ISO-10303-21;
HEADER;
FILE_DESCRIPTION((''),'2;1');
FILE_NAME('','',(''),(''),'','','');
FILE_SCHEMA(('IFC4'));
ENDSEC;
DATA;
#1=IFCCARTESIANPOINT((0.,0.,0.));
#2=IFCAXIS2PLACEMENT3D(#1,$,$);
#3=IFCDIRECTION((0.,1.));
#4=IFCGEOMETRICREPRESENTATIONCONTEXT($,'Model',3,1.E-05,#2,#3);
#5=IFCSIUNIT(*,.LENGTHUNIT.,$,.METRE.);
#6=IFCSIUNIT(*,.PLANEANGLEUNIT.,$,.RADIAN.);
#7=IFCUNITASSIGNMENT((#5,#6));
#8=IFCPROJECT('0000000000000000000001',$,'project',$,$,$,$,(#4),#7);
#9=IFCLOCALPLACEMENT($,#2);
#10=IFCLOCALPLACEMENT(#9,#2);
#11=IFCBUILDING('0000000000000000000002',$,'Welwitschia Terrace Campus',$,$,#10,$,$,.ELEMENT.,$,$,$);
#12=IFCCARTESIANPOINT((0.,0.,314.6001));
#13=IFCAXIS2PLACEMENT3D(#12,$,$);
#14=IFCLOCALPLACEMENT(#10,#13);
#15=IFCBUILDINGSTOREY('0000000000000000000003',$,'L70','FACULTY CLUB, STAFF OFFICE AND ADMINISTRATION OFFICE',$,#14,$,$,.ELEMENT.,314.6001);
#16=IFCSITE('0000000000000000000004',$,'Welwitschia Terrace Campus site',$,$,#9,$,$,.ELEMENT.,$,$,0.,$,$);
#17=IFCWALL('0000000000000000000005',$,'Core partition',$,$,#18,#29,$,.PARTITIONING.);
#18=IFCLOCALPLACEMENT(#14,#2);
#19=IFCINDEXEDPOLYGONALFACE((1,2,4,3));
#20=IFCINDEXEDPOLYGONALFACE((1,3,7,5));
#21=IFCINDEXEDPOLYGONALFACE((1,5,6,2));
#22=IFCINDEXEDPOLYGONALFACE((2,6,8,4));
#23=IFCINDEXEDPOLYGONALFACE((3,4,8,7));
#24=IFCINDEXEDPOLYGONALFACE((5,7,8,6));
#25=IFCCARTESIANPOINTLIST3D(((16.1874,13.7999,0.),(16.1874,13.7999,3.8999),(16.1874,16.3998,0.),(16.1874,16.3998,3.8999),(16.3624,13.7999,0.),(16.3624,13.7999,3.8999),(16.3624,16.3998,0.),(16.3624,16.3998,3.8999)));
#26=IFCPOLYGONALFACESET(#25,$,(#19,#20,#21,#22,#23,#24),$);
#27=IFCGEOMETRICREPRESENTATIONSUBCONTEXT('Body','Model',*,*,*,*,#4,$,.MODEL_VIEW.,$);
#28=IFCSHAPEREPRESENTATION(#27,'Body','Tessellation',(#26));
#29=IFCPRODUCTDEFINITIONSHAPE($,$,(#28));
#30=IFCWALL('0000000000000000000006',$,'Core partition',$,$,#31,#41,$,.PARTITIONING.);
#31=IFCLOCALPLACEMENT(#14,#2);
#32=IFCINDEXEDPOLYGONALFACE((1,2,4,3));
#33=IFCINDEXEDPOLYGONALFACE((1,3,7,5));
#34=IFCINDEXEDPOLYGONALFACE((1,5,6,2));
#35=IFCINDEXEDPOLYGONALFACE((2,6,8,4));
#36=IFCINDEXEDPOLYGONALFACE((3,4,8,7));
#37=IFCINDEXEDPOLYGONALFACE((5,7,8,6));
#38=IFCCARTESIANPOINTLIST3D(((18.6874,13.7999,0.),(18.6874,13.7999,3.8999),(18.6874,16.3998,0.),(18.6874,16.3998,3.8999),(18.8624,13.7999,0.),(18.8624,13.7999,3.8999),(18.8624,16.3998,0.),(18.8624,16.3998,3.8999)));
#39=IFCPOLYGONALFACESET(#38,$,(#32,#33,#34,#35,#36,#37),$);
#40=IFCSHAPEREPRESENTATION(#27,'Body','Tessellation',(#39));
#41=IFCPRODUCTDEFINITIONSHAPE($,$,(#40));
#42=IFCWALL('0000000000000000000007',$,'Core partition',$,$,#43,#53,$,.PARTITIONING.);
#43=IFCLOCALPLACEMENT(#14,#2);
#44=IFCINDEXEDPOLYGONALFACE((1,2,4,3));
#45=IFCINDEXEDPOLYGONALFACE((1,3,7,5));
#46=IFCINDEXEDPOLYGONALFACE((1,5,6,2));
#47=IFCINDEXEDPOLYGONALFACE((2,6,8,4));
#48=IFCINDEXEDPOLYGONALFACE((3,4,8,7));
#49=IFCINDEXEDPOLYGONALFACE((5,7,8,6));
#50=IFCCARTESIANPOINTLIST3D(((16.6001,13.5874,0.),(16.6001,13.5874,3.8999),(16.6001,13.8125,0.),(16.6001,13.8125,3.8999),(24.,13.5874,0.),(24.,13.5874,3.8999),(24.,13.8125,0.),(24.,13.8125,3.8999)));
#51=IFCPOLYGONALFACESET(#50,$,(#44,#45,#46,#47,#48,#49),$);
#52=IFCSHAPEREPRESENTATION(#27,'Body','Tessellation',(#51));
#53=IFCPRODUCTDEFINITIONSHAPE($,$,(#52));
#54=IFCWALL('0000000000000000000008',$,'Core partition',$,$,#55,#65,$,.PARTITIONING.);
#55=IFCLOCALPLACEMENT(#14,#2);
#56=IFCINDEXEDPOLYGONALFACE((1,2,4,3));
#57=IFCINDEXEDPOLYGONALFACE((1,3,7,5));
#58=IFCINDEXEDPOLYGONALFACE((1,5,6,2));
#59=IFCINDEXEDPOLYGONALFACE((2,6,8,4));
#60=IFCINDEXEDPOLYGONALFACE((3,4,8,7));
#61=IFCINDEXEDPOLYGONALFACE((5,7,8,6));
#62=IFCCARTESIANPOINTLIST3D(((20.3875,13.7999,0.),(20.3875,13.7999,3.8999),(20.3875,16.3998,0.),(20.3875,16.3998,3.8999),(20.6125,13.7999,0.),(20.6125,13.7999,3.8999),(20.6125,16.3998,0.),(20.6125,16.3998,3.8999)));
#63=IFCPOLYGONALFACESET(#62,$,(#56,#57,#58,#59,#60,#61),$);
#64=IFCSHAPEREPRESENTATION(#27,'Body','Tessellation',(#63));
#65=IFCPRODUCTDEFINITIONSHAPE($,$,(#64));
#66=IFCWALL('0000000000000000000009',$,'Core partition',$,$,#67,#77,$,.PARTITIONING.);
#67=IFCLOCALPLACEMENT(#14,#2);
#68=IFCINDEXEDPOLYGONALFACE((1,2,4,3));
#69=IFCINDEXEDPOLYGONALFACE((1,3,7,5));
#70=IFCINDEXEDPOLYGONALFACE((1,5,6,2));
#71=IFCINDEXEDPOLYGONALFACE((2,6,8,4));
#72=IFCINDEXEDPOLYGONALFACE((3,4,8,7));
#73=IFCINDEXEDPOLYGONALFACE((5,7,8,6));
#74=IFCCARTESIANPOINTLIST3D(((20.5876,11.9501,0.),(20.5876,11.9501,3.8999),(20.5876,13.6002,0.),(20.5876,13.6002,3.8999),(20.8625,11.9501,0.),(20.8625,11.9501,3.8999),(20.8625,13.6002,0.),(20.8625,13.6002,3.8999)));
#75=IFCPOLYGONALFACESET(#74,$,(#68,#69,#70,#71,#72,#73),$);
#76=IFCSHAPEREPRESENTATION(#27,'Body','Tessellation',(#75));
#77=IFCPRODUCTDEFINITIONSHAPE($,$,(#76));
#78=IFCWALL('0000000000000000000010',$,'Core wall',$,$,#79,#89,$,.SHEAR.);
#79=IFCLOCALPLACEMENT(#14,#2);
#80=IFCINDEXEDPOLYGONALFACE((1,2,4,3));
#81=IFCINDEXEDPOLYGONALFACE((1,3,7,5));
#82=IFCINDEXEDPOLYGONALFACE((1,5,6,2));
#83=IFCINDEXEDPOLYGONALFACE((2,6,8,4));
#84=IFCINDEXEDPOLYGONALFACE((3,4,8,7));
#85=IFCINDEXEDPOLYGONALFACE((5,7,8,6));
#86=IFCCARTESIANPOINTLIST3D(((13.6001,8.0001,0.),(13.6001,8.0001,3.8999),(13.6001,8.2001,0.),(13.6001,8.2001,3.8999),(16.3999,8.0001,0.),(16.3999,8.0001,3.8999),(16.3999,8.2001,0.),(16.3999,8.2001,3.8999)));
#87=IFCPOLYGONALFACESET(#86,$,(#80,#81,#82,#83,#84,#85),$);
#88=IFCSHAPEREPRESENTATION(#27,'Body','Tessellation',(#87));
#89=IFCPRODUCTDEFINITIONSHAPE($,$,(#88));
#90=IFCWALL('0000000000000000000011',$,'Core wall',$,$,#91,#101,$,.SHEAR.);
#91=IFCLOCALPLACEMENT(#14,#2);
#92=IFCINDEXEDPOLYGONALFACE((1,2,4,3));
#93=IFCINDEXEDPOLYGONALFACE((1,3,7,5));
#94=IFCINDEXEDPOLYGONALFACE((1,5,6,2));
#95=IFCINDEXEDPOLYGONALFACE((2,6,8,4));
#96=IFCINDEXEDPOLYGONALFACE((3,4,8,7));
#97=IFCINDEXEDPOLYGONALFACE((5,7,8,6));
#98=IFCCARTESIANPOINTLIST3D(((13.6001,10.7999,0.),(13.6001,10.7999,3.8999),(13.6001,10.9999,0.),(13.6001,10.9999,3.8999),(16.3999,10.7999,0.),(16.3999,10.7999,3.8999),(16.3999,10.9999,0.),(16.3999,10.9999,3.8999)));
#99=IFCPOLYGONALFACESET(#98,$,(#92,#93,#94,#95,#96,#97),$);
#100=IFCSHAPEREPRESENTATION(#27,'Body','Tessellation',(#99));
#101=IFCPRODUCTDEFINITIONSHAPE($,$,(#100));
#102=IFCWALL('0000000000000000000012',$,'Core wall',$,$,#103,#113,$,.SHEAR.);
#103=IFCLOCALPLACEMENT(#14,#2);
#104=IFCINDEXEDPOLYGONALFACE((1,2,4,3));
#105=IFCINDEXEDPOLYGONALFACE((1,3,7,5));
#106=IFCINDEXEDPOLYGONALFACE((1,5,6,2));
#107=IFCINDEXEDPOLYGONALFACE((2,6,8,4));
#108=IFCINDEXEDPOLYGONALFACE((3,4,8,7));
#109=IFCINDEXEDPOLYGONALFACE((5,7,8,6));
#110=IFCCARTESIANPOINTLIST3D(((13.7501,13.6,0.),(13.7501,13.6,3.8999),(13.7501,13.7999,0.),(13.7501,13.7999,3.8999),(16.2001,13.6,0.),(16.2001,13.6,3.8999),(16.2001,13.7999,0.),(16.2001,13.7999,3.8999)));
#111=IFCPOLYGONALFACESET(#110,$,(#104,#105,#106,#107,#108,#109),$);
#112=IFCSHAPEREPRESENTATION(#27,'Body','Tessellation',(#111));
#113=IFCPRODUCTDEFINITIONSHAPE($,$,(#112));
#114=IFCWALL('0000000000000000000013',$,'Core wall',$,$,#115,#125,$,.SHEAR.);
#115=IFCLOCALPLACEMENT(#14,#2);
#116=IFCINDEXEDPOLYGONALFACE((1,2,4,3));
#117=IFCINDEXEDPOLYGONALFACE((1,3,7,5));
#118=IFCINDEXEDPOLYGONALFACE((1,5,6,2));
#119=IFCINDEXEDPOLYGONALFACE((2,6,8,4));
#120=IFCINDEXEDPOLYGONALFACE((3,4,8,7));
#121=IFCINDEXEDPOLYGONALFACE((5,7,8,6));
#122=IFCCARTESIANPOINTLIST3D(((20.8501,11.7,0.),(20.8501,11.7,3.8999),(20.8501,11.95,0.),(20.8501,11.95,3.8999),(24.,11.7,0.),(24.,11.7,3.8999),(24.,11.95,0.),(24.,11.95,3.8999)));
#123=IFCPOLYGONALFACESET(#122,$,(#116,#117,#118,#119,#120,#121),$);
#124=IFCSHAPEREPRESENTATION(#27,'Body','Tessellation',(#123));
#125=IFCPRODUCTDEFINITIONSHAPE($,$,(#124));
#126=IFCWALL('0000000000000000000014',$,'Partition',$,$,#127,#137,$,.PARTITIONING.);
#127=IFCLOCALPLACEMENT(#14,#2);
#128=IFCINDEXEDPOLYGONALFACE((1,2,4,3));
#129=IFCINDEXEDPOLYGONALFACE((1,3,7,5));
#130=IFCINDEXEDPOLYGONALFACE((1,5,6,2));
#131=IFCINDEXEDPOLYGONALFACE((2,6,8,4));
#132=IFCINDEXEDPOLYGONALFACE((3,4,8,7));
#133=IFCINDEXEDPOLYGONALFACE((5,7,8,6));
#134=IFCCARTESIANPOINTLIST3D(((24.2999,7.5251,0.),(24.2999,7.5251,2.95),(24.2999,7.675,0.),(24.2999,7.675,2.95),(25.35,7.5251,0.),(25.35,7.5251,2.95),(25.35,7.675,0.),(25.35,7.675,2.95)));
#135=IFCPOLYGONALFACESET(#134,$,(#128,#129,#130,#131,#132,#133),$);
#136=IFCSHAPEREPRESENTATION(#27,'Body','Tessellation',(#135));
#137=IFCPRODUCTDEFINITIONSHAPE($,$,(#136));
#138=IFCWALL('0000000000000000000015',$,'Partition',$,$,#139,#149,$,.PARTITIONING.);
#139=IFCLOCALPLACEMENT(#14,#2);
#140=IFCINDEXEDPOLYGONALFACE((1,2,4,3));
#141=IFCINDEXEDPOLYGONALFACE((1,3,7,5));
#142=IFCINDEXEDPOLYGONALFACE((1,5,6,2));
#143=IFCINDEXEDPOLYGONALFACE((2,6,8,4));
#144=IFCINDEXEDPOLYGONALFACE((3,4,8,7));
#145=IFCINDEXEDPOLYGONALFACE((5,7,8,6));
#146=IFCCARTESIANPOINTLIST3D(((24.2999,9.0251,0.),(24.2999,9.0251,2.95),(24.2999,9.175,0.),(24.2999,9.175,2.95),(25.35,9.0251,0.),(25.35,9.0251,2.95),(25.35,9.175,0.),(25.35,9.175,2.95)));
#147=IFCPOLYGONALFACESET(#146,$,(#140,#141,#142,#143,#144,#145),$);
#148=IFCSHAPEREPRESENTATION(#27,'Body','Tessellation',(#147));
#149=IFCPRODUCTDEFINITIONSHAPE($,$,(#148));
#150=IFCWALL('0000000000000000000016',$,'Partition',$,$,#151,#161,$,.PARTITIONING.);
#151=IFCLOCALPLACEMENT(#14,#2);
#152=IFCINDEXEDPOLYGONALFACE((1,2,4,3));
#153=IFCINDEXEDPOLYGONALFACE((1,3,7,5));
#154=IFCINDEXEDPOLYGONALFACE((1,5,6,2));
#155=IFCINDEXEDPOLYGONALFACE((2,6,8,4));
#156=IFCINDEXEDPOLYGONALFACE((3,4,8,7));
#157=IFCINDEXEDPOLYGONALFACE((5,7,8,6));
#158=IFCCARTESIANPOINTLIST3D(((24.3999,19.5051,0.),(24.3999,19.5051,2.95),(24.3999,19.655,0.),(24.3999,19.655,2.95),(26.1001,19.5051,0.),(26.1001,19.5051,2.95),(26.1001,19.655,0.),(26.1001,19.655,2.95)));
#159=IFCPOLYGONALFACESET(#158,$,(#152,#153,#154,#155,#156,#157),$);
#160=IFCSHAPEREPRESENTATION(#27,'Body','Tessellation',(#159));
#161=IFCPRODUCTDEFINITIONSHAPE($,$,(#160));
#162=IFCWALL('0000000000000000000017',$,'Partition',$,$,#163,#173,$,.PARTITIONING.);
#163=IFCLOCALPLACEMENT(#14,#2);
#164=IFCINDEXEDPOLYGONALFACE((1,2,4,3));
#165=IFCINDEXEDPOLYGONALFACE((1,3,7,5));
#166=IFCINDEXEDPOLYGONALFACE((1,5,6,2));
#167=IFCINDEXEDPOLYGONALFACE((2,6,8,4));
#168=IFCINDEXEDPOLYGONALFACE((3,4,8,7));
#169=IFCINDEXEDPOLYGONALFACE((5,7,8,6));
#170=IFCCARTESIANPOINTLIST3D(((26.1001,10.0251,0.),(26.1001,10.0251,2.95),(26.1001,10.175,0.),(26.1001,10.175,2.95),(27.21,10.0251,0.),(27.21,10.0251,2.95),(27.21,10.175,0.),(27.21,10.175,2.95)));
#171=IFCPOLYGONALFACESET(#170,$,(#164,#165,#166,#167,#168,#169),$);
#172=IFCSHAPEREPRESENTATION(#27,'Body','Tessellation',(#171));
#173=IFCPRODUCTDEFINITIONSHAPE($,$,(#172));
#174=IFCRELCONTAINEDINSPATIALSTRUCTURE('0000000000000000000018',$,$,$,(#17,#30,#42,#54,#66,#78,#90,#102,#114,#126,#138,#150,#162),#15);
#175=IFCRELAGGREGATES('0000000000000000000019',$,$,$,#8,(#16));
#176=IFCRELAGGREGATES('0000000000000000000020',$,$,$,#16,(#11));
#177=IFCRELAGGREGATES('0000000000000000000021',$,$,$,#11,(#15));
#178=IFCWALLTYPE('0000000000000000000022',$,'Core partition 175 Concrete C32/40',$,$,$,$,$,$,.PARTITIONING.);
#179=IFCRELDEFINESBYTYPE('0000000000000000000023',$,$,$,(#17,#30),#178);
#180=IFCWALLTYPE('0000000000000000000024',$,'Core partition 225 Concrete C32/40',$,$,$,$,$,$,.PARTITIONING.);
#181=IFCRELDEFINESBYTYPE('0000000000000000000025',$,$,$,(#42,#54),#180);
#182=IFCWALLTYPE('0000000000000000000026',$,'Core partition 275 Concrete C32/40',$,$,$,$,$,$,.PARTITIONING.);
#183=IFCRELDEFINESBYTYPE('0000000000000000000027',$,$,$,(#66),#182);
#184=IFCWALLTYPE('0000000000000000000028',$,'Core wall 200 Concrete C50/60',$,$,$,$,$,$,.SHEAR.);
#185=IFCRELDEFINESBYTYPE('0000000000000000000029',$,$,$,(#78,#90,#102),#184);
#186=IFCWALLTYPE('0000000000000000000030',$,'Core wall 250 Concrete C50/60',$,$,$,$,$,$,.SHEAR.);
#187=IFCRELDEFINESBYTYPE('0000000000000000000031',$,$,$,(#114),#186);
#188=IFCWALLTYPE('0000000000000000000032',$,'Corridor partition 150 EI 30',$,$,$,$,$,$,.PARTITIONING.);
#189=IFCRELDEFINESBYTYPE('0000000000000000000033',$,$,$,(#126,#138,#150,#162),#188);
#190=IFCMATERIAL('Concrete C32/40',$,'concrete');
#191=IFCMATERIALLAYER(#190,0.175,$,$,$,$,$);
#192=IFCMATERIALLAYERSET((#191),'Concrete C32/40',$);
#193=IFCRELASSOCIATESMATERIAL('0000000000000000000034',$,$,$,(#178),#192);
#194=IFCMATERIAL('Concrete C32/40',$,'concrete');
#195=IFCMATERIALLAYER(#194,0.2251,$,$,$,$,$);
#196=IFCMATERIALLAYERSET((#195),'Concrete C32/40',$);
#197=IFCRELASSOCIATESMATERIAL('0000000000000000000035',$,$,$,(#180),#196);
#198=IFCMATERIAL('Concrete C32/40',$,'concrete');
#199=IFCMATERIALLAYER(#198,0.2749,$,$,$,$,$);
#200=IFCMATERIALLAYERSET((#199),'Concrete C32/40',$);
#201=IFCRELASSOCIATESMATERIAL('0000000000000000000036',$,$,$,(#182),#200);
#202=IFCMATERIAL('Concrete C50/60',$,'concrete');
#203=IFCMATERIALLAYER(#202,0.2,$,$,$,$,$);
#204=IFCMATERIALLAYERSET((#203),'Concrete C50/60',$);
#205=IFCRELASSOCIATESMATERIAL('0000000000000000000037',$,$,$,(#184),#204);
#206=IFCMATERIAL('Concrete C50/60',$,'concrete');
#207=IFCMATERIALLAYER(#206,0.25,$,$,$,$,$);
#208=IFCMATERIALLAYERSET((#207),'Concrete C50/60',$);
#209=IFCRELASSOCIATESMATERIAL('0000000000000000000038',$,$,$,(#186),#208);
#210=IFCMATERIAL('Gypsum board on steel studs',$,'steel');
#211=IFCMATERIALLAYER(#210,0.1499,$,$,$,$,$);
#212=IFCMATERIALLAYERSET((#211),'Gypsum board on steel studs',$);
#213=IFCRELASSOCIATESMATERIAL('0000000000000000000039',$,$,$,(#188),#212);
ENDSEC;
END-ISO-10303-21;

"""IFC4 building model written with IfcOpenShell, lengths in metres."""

from ifc_helpers import new_model, si_unit, direction, frame, frame_2d, origin, place, context, subcontext, project, spatial, rectangle, extrude, material, layer, layer_set, type_object, element, save


model = new_model("IFC4")

# Units and contexts
model_context = context("Model", 3, precision=1e-05, world=origin(), true_north=direction((0.0, 1.0)))
body_context = subcontext(model_context, "Body", "Model", "MODEL_VIEW")
ifc_project = project(units=[si_unit("LENGTHUNIT", "METRE"), si_unit("PLANEANGLEUNIT", "RADIAN")], contexts=[model_context])

# Site, building, storey
site_placement = place(None, origin())
site = spatial("IfcSite", under=ifc_project, at=site_placement, Name="Welwitschia Terrace Campus site", CompositionType="ELEMENT", RefElevation=0.0)
building_placement = place(site_placement, origin())
building = spatial("IfcBuilding", under=site, at=building_placement, Name="Welwitschia Terrace Campus", CompositionType="ELEMENT")
storey_placement = place(building_placement, frame((0.0, 0.0, 314.6001)))
storey = spatial("IfcBuildingStorey", under=building, at=storey_placement, Name="L70", Description="FACULTY CLUB, STAFF OFFICE AND ADMINISTRATION OFFICE", CompositionType="ELEMENT", Elevation=314.6001)

# Walls
ifc_material_1 = material(Name="Concrete C32/40", Category="concrete")
ifc_layer_1 = layer(ifc_material_1, 0.175)
ifc_layer_set_1 = layer_set([ifc_layer_1], Name="Concrete C32/40")
wall_type_1 = type_object("IfcWallType", Name="Core partition 175 Concrete C32/40", PredefinedType="PARTITIONING", material=ifc_layer_set_1)
for number, where, z_axis, x_axis, name in (
    (1, (16.2749, 13.8, 0.0), (0.0, 0.0, 1.0), (0.0, 1.0, 0.0), "Core partition"),
    (2, (18.7749, 13.8, 0.0), (0.0, 0.0, 1.0), (0.0, 1.0, 0.0), "Core partition"),
):
    element("IfcWall", number, at=place(storey_placement, frame(where, z_axis=z_axis, x_axis=x_axis)), inside=storey, type_object=wall_type_1, Name=name, PredefinedType="PARTITIONING", context=body_context, shape_type="SweptSolid", body=[
        extrude(rectangle(XDim=2.5999, YDim=0.175, at=frame_2d((1.2998, 0.0))), origin(), (0.0, 0.0, 1.0), 3.8999),
    ])
ifc_material_2 = material(Name="Concrete C32/40", Category="concrete")
ifc_layer_2 = layer(ifc_material_2, 0.2251)
ifc_layer_set_2 = layer_set([ifc_layer_2], Name="Concrete C32/40")
wall_type_2 = type_object("IfcWallType", Name="Core partition 225 Concrete C32/40", PredefinedType="PARTITIONING", material=ifc_layer_set_2)
wall_1_placement = place(storey_placement, frame((16.6001, 13.7, 0.0), z_axis=(0.0, 0.0, 1.0), x_axis=(1.0, 0.0, 0.0)))
element("IfcWall", 3, at=wall_1_placement, inside=storey, type_object=wall_type_2, Name="Core partition", PredefinedType="PARTITIONING", context=body_context, shape_type="SweptSolid", body=[
    extrude(rectangle(XDim=7.3999, YDim=0.2251, at=frame_2d((3.7, 0.0))), origin(), (0.0, 0.0, 1.0), 3.8999),
])
wall_2_placement = place(storey_placement, frame((20.5, 13.8, 0.0), z_axis=(0.0, 0.0, 1.0), x_axis=(0.0, 1.0, 0.0)))
element("IfcWall", 4, at=wall_2_placement, inside=storey, type_object=wall_type_2, Name="Core partition", PredefinedType="PARTITIONING", context=body_context, shape_type="SweptSolid", body=[
    extrude(rectangle(XDim=2.5999, YDim=0.2251, at=frame_2d((1.2998, 0.0))), origin(), (0.0, 0.0, 1.0), 3.8999),
])
ifc_material_3 = material(Name="Concrete C32/40", Category="concrete")
ifc_layer_3 = layer(ifc_material_3, 0.2749)
ifc_layer_set_3 = layer_set([ifc_layer_3], Name="Concrete C32/40")
wall_type_3 = type_object("IfcWallType", Name="Core partition 275 Concrete C32/40", PredefinedType="PARTITIONING", material=ifc_layer_set_3)
wall_3_placement = place(storey_placement, frame((20.7251, 11.95, 0.0), z_axis=(0.0, 0.0, 1.0), x_axis=(0.0, 1.0, 0.0)))
element("IfcWall", 5, at=wall_3_placement, inside=storey, type_object=wall_type_3, Name="Core partition", PredefinedType="PARTITIONING", context=body_context, shape_type="SweptSolid", body=[
    extrude(rectangle(XDim=1.6501, YDim=0.2749, at=frame_2d((0.8252, 0.0))), origin(), (0.0, 0.0, 1.0), 3.8999),
])
ifc_material_4 = material(Name="Concrete C50/60", Category="concrete")
ifc_layer_4 = layer(ifc_material_4, 0.2)
ifc_layer_set_4 = layer_set([ifc_layer_4], Name="Concrete C50/60")
wall_type_4 = type_object("IfcWallType", Name="Core wall 200 Concrete C50/60", PredefinedType="SHEAR", material=ifc_layer_set_4)
for number, where, z_axis, x_axis, name in (
    (6, (13.6001, 8.1001, 0.0), (0.0, 0.0, 1.0), (1.0, 0.0, 0.0), "Core wall"),
    (7, (13.6001, 10.8999, 0.0), (0.0, 0.0, 1.0), (1.0, 0.0, 0.0), "Core wall"),
):
    element("IfcWall", number, at=place(storey_placement, frame(where, z_axis=z_axis, x_axis=x_axis)), inside=storey, type_object=wall_type_4, Name=name, PredefinedType="SHEAR", context=body_context, shape_type="SweptSolid", body=[
        extrude(rectangle(XDim=2.7998, YDim=0.2, at=frame_2d((1.3999, 0.0))), origin(), (0.0, 0.0, 1.0), 3.8999),
    ])
wall_4_placement = place(storey_placement, frame((13.75, 13.7, 0.0), z_axis=(0.0, 0.0, 1.0), x_axis=(1.0, 0.0, 0.0)))
element("IfcWall", 8, at=wall_4_placement, inside=storey, type_object=wall_type_4, Name="Core wall", PredefinedType="SHEAR", context=body_context, shape_type="SweptSolid", body=[
    extrude(rectangle(XDim=2.45, YDim=0.2, at=frame_2d((1.2251, 0.0))), origin(), (0.0, 0.0, 1.0), 3.8999),
])
ifc_material_5 = material(Name="Concrete C50/60", Category="concrete")
ifc_layer_5 = layer(ifc_material_5, 0.25)
ifc_layer_set_5 = layer_set([ifc_layer_5], Name="Concrete C50/60")
wall_type_5 = type_object("IfcWallType", Name="Core wall 250 Concrete C50/60", PredefinedType="SHEAR", material=ifc_layer_set_5)
wall_5_placement = place(storey_placement, frame((20.8501, 11.825, 0.0), z_axis=(0.0, 0.0, 1.0), x_axis=(1.0, 0.0, 0.0)))
element("IfcWall", 9, at=wall_5_placement, inside=storey, type_object=wall_type_5, Name="Core wall", PredefinedType="SHEAR", context=body_context, shape_type="SweptSolid", body=[
    extrude(rectangle(XDim=3.1499, YDim=0.25, at=frame_2d((1.575, 0.0))), origin(), (0.0, 0.0, 1.0), 3.8999),
])
ifc_material_6 = material(Name="Gypsum board on steel studs", Category="steel")
ifc_layer_6 = layer(ifc_material_6, 0.1499)
ifc_layer_set_6 = layer_set([ifc_layer_6], Name="Gypsum board on steel studs")
wall_type_6 = type_object("IfcWallType", Name="Corridor partition 150 EI 30", PredefinedType="PARTITIONING", material=ifc_layer_set_6)
for number, where, z_axis, x_axis, name in (
    (10, (24.3, 7.6001, 0.0), (0.0, 0.0, 1.0), (1.0, 0.0, 0.0), "Partition"),
    (11, (24.3, 9.1001, 0.0), (0.0, 0.0, 1.0), (1.0, 0.0, 0.0), "Partition"),
):
    element("IfcWall", number, at=place(storey_placement, frame(where, z_axis=z_axis, x_axis=x_axis)), inside=storey, type_object=wall_type_6, Name=name, PredefinedType="PARTITIONING", context=body_context, shape_type="SweptSolid", body=[
        extrude(rectangle(XDim=1.05, YDim=0.1499, at=frame_2d((0.5249, 0.0))), origin(), (0.0, 0.0, 1.0), 2.95),
    ])
wall_6_placement = place(storey_placement, frame((24.3999, 19.5801, 0.0), z_axis=(0.0, 0.0, 1.0), x_axis=(1.0, 0.0, 0.0)))
element("IfcWall", 12, at=wall_6_placement, inside=storey, type_object=wall_type_6, Name="Partition", PredefinedType="PARTITIONING", context=body_context, shape_type="SweptSolid", body=[
    extrude(rectangle(XDim=1.7002, YDim=0.1499, at=frame_2d((0.8501, 0.0))), origin(), (0.0, 0.0, 1.0), 2.95),
])
wall_7_placement = place(storey_placement, frame((26.1001, 10.1001, 0.0), z_axis=(0.0, 0.0, 1.0), x_axis=(1.0, 0.0, 0.0)))
element("IfcWall", 13, at=wall_7_placement, inside=storey, type_object=wall_type_6, Name="Partition", PredefinedType="PARTITIONING", context=body_context, shape_type="SweptSolid", body=[
    extrude(rectangle(XDim=1.1099, YDim=0.1499, at=frame_2d((0.5549, 0.0))), origin(), (0.0, 0.0, 1.0), 2.95),
])

save(model, "model.ifc")
